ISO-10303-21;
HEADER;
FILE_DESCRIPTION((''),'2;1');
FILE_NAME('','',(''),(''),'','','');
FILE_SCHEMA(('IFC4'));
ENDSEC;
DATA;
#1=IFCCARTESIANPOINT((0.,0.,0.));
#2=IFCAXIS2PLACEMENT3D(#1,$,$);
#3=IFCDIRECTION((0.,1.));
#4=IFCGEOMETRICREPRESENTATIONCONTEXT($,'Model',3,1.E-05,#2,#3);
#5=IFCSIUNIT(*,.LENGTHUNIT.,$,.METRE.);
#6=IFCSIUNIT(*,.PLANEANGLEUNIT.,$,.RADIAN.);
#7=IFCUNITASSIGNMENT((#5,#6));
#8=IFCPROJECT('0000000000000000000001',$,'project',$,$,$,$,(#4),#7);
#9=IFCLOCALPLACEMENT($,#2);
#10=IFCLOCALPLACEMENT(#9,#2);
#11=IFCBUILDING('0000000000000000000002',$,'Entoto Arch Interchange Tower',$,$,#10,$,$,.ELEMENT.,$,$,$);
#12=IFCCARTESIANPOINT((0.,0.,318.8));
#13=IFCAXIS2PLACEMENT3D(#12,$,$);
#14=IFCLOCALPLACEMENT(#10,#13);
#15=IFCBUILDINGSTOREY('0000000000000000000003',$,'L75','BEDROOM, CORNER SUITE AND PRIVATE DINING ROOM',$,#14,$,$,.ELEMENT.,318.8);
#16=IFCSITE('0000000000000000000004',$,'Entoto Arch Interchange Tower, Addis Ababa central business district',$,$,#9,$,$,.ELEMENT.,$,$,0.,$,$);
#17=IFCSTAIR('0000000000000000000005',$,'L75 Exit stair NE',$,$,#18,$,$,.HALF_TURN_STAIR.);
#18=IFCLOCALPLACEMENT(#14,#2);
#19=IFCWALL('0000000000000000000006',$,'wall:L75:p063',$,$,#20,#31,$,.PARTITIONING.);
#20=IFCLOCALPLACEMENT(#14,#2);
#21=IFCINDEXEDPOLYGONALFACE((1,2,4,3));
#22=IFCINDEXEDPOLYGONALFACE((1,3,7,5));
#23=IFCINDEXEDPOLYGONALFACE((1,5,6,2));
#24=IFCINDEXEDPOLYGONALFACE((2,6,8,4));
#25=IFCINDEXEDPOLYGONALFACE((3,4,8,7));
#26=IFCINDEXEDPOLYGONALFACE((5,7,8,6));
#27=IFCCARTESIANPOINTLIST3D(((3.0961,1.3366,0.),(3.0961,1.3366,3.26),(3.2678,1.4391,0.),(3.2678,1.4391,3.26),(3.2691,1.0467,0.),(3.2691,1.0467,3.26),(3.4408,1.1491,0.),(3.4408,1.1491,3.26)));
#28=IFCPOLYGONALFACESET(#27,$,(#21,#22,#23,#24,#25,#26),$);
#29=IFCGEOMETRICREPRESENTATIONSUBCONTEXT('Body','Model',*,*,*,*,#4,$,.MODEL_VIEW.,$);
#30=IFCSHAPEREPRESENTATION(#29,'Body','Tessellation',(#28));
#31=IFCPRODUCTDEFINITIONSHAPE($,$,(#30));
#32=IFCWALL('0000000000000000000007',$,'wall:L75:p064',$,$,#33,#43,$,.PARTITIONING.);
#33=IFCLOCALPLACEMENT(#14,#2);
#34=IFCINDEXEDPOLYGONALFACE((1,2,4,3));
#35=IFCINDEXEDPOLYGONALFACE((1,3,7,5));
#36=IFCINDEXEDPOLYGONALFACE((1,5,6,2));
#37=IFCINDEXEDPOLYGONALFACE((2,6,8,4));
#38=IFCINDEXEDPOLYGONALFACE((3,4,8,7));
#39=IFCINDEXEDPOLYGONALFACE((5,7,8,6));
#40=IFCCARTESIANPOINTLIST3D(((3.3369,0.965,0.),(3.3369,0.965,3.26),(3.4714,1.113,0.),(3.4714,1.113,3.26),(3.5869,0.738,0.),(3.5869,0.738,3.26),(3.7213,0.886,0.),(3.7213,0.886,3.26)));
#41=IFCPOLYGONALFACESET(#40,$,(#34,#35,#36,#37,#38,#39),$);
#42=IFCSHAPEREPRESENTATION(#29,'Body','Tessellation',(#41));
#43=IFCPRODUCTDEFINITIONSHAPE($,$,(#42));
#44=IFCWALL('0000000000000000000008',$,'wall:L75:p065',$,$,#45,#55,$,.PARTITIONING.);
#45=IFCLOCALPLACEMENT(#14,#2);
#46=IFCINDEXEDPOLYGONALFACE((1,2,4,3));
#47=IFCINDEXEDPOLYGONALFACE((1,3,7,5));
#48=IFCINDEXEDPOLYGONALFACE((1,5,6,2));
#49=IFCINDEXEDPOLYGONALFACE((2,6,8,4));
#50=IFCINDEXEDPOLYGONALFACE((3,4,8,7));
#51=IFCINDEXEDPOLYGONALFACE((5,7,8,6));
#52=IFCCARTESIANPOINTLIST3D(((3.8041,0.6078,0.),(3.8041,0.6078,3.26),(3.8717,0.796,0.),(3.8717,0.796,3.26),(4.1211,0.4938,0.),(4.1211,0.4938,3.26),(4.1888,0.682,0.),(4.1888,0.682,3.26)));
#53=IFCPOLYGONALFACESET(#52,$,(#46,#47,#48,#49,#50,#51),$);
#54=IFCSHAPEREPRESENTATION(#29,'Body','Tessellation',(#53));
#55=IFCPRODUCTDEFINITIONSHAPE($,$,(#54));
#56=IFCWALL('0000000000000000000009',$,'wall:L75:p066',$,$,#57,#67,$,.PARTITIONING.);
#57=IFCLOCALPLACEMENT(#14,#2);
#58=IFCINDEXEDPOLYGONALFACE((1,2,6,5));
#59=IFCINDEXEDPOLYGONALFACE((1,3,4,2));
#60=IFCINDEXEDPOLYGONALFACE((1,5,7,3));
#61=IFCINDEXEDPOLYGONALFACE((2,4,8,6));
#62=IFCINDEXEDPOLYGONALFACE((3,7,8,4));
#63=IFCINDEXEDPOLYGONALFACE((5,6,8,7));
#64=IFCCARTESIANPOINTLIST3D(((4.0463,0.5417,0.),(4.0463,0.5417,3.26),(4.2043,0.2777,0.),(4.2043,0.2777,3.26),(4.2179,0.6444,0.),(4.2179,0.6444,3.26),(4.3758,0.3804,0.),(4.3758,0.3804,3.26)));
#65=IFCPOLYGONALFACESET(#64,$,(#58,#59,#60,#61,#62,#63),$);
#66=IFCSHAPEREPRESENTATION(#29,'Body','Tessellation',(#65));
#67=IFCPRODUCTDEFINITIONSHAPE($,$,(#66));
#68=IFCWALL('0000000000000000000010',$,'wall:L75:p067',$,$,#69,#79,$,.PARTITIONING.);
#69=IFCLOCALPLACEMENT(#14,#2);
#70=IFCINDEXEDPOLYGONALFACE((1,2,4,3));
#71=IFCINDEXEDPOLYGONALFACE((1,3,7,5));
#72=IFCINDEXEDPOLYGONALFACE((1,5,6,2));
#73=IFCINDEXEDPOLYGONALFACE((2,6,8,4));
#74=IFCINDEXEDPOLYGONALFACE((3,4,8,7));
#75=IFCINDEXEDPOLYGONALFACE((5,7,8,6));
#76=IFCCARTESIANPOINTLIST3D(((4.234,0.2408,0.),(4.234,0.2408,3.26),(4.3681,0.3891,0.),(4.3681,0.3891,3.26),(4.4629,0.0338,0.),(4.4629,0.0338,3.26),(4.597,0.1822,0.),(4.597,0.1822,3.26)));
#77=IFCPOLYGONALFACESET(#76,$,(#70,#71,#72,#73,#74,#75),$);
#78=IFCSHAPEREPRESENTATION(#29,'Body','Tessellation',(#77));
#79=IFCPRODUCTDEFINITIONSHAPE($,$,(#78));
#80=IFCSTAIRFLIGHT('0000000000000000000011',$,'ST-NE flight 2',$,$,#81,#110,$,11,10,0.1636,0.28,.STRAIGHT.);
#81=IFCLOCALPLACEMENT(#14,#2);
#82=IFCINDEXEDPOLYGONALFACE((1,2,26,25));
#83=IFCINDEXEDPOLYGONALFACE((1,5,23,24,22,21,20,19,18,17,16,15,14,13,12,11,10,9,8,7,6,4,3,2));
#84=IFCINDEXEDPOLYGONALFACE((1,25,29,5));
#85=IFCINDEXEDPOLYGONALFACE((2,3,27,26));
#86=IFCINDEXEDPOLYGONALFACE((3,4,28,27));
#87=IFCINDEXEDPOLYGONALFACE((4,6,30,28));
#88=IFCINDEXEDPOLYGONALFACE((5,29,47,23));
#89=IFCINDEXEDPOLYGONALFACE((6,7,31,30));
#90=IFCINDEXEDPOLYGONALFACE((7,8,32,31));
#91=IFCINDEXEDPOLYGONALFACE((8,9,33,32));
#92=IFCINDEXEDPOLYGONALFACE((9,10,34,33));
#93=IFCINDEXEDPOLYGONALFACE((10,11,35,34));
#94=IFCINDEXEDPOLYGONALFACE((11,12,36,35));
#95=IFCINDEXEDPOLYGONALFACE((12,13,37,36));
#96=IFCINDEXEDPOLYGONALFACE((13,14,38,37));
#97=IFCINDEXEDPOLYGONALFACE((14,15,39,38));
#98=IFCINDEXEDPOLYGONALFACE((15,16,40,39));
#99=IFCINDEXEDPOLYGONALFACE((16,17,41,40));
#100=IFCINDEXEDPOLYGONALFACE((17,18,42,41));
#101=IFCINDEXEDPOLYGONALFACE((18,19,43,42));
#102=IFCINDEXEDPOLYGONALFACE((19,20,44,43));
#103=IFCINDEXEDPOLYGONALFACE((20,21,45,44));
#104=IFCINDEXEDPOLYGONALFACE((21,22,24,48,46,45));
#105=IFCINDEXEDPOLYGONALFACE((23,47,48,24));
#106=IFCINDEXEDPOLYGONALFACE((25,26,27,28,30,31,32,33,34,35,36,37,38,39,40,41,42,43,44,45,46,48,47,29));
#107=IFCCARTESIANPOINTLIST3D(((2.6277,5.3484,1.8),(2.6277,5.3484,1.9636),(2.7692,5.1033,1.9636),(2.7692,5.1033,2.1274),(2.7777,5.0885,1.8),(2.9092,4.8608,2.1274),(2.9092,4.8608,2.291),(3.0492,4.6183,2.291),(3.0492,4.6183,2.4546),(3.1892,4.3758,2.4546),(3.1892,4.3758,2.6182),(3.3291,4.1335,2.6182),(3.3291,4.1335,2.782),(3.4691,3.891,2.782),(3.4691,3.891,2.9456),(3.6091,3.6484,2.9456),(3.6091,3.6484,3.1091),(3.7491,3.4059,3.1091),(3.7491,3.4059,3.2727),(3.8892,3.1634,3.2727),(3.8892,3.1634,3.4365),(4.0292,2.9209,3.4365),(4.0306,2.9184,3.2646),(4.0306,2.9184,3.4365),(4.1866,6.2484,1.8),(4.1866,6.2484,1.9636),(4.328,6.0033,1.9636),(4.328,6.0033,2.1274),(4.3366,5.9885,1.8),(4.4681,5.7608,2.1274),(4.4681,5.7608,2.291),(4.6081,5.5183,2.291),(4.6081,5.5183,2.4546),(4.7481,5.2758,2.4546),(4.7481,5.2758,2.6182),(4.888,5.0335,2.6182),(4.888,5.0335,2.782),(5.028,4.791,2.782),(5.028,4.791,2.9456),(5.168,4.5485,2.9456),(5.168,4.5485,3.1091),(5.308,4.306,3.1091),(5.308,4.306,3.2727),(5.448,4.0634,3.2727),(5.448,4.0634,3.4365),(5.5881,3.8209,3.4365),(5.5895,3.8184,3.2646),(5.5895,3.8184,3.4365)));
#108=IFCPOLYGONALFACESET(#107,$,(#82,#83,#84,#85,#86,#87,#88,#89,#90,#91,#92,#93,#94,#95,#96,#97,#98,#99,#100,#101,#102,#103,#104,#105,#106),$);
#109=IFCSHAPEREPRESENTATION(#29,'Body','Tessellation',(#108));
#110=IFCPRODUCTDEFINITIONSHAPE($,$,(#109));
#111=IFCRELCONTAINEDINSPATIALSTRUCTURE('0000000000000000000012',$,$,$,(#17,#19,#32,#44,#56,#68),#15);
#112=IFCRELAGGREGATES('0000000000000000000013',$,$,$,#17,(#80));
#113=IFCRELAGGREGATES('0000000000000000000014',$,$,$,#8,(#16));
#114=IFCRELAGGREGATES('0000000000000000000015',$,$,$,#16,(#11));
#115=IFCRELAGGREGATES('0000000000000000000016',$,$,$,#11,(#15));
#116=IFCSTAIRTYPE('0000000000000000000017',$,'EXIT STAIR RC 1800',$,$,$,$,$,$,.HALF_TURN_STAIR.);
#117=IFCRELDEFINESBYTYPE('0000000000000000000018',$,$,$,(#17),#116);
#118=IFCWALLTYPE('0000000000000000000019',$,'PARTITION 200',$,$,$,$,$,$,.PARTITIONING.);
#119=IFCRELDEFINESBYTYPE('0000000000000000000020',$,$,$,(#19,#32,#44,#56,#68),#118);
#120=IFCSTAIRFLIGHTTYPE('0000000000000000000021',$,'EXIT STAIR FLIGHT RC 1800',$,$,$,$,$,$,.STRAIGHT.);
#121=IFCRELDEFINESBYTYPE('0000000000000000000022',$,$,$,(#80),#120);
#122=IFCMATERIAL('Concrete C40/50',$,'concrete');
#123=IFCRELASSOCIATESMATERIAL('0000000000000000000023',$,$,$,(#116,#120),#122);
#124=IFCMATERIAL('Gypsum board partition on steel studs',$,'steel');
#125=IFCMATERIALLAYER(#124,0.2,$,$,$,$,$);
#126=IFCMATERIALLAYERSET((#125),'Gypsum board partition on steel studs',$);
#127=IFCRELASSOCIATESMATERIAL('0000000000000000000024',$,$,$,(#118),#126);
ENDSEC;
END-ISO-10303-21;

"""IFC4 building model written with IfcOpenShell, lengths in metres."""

from ifc_helpers import new_model, si_unit, direction, frame, frame_2d, origin, place, context, subcontext, project, spatial, polyline, rectangle, outline, extrude, material, layer, layer_set, type_object, element, aggregate, save


model = new_model("IFC4")

# Units and contexts
model_context = context("Model", 3, precision=1e-05, world=origin(), true_north=direction((0.0, 1.0)))
body_context = subcontext(model_context, "Body", "Model", "MODEL_VIEW")
ifc_project = project(units=[si_unit("LENGTHUNIT", "METRE"), si_unit("PLANEANGLEUNIT", "RADIAN")], contexts=[model_context])

# Site, building, storey
site_placement = place(None, origin())
site = spatial("IfcSite", under=ifc_project, at=site_placement, Name="Entoto Arch Interchange Tower, Addis Ababa central business district", CompositionType="ELEMENT", RefElevation=0.0)
building_placement = place(site_placement, origin())
building = spatial("IfcBuilding", under=site, at=building_placement, Name="Entoto Arch Interchange Tower", CompositionType="ELEMENT")
storey_placement = place(building_placement, frame((0.0, 0.0, 318.8)))
storey = spatial("IfcBuildingStorey", under=building, at=storey_placement, Name="L75", Description="BEDROOM, CORNER SUITE AND PRIVATE DINING ROOM", CompositionType="ELEMENT", Elevation=318.8)

# Stair
ifc_material_1 = material(Name="Concrete C40/50", Category="concrete")
stair_type = type_object("IfcStairType", Name="EXIT STAIR RC 1800", PredefinedType="HALF_TURN_STAIR", material=ifc_material_1)
stair_1_placement = place(storey_placement, origin())
stair_1 = element("IfcStair", 1, at=stair_1_placement, inside=storey, type_object=stair_type, Name="L75 Exit stair NE", PredefinedType="HALF_TURN_STAIR")

# Shared definitions
ifc_material_2 = material(Name="Gypsum board partition on steel studs", Category="steel")
ifc_layer_1 = layer(ifc_material_2, 0.2)
ifc_layer_set_1 = layer_set([ifc_layer_1], Name="Gypsum board partition on steel studs")
wall_type = type_object("IfcWallType", Name="PARTITION 200", PredefinedType="PARTITIONING", material=ifc_layer_set_1)

# Walls
for number, where, z_axis, x_axis, name in (
    (2, (3.1819, 1.3879, 0.0), (0.0, 0.0, 1.0), (0.512475, -0.858702, 0.0), "wall:L75:p063"),
    (3, (3.4041, 1.0391, 0.0), (0.0, 0.0, 1.0), (0.740267, -0.672313, 0.0), "wall:L75:p064"),
):
    element("IfcWall", number, at=place(storey_placement, frame(where, z_axis=z_axis, x_axis=x_axis)), inside=storey, type_object=wall_type, Name=name, PredefinedType="PARTITIONING", context=body_context, shape_type="SweptSolid", body=[
        extrude(rectangle(XDim=0.3376, YDim=0.2, at=frame_2d((0.1689, 0.0))), origin(), (0.0, 0.0, 1.0), 3.26),
    ])
wall_1_placement = place(storey_placement, frame((3.8379, 0.7019, 0.0), z_axis=(0.0, 0.0, 1.0), x_axis=(0.941035, -0.338309, 0.0)))
element("IfcWall", 4, at=wall_1_placement, inside=storey, type_object=wall_type, Name="wall:L75:p065", PredefinedType="PARTITIONING", context=body_context, shape_type="SweptSolid", body=[
    extrude(rectangle(XDim=0.3369, YDim=0.2, at=frame_2d((0.1685, 0.0))), origin(), (0.0, 0.0, 1.0), 3.26),
])
wall_2_placement = place(storey_placement, frame((4.1321, 0.593, 0.0), z_axis=(0.0, 0.0, 1.0), x_axis=(0.513562, -0.858053, 0.0)))
element("IfcWall", 5, at=wall_2_placement, inside=storey, type_object=wall_type, Name="wall:L75:p066", PredefinedType="PARTITIONING", context=body_context, shape_type="SweptSolid", body=[
    extrude(rectangle(XDim=0.3076, YDim=0.2, at=frame_2d((0.1538, 0.0))), origin(), (0.0, 0.0, 1.0), 3.26),
])
wall_3_placement = place(storey_placement, frame((4.301, 0.3149, 0.0), z_axis=(0.0, 0.0, 1.0), x_axis=(0.741798, -0.670623, 0.0)))
element("IfcWall", 6, at=wall_3_placement, inside=storey, type_object=wall_type, Name="wall:L75:p067", PredefinedType="PARTITIONING", context=body_context, shape_type="SweptSolid", body=[
    extrude(rectangle(XDim=0.3086, YDim=0.2, at=frame_2d((0.1543, 0.0))), origin(), (0.0, 0.0, 1.0), 3.26),
])

# Stair flight
stair_flight_type = type_object("IfcStairFlightType", Name="EXIT STAIR FLIGHT RC 1800", PredefinedType="STRAIGHT", material=ifc_material_1)
stair_flight_placement = place(storey_placement, frame((3.4087, 5.7959, 1.8), z_axis=(0.0, 0.0, 1.0), x_axis=(0.5, -0.866025, 0.0)))
stair_flight = element("IfcStairFlight", 7, at=stair_flight_placement, type_object=stair_flight_type, Name="ST-NE flight 2", NumberOfRisers=11, NumberOfTreads=10, PredefinedType="STRAIGHT", RiserHeight=0.1636, TreadLength=0.28, context=body_context, shape_type="SweptSolid", body=[
    extrude(outline(polyline([(-0.0029, 0.0), (-0.0029, 0.1636), (0.28, 0.1636), (0.28, 0.3274), (0.5601, 0.3274), (0.5601, 0.491), (0.8401, 0.491), (0.8401, 0.6545), (1.1201, 0.6545), (1.1201, 0.8181), (1.3999, 0.8181), (1.3999, 0.9819), (1.6799, 0.9819), (1.6799, 1.1455), (1.96, 1.1455), (1.96, 1.3091), (2.24, 1.3091), (2.24, 1.4727), (2.52, 1.4727), (2.52, 1.6365), (2.8, 1.6365), (2.803, 1.6365), (2.803, 1.4646), (0.2971, 0.0), (-0.0029, 0.0)])), frame((0.0, 0.8999, 0.0), z_axis=(0.0, -1.0, 0.0), x_axis=(1.0, 0.0, 0.0)), (0.0, 0.0, 1.0), 1.8),
])
aggregate(stair_1, [stair_flight])

save(model, "model.ifc")
